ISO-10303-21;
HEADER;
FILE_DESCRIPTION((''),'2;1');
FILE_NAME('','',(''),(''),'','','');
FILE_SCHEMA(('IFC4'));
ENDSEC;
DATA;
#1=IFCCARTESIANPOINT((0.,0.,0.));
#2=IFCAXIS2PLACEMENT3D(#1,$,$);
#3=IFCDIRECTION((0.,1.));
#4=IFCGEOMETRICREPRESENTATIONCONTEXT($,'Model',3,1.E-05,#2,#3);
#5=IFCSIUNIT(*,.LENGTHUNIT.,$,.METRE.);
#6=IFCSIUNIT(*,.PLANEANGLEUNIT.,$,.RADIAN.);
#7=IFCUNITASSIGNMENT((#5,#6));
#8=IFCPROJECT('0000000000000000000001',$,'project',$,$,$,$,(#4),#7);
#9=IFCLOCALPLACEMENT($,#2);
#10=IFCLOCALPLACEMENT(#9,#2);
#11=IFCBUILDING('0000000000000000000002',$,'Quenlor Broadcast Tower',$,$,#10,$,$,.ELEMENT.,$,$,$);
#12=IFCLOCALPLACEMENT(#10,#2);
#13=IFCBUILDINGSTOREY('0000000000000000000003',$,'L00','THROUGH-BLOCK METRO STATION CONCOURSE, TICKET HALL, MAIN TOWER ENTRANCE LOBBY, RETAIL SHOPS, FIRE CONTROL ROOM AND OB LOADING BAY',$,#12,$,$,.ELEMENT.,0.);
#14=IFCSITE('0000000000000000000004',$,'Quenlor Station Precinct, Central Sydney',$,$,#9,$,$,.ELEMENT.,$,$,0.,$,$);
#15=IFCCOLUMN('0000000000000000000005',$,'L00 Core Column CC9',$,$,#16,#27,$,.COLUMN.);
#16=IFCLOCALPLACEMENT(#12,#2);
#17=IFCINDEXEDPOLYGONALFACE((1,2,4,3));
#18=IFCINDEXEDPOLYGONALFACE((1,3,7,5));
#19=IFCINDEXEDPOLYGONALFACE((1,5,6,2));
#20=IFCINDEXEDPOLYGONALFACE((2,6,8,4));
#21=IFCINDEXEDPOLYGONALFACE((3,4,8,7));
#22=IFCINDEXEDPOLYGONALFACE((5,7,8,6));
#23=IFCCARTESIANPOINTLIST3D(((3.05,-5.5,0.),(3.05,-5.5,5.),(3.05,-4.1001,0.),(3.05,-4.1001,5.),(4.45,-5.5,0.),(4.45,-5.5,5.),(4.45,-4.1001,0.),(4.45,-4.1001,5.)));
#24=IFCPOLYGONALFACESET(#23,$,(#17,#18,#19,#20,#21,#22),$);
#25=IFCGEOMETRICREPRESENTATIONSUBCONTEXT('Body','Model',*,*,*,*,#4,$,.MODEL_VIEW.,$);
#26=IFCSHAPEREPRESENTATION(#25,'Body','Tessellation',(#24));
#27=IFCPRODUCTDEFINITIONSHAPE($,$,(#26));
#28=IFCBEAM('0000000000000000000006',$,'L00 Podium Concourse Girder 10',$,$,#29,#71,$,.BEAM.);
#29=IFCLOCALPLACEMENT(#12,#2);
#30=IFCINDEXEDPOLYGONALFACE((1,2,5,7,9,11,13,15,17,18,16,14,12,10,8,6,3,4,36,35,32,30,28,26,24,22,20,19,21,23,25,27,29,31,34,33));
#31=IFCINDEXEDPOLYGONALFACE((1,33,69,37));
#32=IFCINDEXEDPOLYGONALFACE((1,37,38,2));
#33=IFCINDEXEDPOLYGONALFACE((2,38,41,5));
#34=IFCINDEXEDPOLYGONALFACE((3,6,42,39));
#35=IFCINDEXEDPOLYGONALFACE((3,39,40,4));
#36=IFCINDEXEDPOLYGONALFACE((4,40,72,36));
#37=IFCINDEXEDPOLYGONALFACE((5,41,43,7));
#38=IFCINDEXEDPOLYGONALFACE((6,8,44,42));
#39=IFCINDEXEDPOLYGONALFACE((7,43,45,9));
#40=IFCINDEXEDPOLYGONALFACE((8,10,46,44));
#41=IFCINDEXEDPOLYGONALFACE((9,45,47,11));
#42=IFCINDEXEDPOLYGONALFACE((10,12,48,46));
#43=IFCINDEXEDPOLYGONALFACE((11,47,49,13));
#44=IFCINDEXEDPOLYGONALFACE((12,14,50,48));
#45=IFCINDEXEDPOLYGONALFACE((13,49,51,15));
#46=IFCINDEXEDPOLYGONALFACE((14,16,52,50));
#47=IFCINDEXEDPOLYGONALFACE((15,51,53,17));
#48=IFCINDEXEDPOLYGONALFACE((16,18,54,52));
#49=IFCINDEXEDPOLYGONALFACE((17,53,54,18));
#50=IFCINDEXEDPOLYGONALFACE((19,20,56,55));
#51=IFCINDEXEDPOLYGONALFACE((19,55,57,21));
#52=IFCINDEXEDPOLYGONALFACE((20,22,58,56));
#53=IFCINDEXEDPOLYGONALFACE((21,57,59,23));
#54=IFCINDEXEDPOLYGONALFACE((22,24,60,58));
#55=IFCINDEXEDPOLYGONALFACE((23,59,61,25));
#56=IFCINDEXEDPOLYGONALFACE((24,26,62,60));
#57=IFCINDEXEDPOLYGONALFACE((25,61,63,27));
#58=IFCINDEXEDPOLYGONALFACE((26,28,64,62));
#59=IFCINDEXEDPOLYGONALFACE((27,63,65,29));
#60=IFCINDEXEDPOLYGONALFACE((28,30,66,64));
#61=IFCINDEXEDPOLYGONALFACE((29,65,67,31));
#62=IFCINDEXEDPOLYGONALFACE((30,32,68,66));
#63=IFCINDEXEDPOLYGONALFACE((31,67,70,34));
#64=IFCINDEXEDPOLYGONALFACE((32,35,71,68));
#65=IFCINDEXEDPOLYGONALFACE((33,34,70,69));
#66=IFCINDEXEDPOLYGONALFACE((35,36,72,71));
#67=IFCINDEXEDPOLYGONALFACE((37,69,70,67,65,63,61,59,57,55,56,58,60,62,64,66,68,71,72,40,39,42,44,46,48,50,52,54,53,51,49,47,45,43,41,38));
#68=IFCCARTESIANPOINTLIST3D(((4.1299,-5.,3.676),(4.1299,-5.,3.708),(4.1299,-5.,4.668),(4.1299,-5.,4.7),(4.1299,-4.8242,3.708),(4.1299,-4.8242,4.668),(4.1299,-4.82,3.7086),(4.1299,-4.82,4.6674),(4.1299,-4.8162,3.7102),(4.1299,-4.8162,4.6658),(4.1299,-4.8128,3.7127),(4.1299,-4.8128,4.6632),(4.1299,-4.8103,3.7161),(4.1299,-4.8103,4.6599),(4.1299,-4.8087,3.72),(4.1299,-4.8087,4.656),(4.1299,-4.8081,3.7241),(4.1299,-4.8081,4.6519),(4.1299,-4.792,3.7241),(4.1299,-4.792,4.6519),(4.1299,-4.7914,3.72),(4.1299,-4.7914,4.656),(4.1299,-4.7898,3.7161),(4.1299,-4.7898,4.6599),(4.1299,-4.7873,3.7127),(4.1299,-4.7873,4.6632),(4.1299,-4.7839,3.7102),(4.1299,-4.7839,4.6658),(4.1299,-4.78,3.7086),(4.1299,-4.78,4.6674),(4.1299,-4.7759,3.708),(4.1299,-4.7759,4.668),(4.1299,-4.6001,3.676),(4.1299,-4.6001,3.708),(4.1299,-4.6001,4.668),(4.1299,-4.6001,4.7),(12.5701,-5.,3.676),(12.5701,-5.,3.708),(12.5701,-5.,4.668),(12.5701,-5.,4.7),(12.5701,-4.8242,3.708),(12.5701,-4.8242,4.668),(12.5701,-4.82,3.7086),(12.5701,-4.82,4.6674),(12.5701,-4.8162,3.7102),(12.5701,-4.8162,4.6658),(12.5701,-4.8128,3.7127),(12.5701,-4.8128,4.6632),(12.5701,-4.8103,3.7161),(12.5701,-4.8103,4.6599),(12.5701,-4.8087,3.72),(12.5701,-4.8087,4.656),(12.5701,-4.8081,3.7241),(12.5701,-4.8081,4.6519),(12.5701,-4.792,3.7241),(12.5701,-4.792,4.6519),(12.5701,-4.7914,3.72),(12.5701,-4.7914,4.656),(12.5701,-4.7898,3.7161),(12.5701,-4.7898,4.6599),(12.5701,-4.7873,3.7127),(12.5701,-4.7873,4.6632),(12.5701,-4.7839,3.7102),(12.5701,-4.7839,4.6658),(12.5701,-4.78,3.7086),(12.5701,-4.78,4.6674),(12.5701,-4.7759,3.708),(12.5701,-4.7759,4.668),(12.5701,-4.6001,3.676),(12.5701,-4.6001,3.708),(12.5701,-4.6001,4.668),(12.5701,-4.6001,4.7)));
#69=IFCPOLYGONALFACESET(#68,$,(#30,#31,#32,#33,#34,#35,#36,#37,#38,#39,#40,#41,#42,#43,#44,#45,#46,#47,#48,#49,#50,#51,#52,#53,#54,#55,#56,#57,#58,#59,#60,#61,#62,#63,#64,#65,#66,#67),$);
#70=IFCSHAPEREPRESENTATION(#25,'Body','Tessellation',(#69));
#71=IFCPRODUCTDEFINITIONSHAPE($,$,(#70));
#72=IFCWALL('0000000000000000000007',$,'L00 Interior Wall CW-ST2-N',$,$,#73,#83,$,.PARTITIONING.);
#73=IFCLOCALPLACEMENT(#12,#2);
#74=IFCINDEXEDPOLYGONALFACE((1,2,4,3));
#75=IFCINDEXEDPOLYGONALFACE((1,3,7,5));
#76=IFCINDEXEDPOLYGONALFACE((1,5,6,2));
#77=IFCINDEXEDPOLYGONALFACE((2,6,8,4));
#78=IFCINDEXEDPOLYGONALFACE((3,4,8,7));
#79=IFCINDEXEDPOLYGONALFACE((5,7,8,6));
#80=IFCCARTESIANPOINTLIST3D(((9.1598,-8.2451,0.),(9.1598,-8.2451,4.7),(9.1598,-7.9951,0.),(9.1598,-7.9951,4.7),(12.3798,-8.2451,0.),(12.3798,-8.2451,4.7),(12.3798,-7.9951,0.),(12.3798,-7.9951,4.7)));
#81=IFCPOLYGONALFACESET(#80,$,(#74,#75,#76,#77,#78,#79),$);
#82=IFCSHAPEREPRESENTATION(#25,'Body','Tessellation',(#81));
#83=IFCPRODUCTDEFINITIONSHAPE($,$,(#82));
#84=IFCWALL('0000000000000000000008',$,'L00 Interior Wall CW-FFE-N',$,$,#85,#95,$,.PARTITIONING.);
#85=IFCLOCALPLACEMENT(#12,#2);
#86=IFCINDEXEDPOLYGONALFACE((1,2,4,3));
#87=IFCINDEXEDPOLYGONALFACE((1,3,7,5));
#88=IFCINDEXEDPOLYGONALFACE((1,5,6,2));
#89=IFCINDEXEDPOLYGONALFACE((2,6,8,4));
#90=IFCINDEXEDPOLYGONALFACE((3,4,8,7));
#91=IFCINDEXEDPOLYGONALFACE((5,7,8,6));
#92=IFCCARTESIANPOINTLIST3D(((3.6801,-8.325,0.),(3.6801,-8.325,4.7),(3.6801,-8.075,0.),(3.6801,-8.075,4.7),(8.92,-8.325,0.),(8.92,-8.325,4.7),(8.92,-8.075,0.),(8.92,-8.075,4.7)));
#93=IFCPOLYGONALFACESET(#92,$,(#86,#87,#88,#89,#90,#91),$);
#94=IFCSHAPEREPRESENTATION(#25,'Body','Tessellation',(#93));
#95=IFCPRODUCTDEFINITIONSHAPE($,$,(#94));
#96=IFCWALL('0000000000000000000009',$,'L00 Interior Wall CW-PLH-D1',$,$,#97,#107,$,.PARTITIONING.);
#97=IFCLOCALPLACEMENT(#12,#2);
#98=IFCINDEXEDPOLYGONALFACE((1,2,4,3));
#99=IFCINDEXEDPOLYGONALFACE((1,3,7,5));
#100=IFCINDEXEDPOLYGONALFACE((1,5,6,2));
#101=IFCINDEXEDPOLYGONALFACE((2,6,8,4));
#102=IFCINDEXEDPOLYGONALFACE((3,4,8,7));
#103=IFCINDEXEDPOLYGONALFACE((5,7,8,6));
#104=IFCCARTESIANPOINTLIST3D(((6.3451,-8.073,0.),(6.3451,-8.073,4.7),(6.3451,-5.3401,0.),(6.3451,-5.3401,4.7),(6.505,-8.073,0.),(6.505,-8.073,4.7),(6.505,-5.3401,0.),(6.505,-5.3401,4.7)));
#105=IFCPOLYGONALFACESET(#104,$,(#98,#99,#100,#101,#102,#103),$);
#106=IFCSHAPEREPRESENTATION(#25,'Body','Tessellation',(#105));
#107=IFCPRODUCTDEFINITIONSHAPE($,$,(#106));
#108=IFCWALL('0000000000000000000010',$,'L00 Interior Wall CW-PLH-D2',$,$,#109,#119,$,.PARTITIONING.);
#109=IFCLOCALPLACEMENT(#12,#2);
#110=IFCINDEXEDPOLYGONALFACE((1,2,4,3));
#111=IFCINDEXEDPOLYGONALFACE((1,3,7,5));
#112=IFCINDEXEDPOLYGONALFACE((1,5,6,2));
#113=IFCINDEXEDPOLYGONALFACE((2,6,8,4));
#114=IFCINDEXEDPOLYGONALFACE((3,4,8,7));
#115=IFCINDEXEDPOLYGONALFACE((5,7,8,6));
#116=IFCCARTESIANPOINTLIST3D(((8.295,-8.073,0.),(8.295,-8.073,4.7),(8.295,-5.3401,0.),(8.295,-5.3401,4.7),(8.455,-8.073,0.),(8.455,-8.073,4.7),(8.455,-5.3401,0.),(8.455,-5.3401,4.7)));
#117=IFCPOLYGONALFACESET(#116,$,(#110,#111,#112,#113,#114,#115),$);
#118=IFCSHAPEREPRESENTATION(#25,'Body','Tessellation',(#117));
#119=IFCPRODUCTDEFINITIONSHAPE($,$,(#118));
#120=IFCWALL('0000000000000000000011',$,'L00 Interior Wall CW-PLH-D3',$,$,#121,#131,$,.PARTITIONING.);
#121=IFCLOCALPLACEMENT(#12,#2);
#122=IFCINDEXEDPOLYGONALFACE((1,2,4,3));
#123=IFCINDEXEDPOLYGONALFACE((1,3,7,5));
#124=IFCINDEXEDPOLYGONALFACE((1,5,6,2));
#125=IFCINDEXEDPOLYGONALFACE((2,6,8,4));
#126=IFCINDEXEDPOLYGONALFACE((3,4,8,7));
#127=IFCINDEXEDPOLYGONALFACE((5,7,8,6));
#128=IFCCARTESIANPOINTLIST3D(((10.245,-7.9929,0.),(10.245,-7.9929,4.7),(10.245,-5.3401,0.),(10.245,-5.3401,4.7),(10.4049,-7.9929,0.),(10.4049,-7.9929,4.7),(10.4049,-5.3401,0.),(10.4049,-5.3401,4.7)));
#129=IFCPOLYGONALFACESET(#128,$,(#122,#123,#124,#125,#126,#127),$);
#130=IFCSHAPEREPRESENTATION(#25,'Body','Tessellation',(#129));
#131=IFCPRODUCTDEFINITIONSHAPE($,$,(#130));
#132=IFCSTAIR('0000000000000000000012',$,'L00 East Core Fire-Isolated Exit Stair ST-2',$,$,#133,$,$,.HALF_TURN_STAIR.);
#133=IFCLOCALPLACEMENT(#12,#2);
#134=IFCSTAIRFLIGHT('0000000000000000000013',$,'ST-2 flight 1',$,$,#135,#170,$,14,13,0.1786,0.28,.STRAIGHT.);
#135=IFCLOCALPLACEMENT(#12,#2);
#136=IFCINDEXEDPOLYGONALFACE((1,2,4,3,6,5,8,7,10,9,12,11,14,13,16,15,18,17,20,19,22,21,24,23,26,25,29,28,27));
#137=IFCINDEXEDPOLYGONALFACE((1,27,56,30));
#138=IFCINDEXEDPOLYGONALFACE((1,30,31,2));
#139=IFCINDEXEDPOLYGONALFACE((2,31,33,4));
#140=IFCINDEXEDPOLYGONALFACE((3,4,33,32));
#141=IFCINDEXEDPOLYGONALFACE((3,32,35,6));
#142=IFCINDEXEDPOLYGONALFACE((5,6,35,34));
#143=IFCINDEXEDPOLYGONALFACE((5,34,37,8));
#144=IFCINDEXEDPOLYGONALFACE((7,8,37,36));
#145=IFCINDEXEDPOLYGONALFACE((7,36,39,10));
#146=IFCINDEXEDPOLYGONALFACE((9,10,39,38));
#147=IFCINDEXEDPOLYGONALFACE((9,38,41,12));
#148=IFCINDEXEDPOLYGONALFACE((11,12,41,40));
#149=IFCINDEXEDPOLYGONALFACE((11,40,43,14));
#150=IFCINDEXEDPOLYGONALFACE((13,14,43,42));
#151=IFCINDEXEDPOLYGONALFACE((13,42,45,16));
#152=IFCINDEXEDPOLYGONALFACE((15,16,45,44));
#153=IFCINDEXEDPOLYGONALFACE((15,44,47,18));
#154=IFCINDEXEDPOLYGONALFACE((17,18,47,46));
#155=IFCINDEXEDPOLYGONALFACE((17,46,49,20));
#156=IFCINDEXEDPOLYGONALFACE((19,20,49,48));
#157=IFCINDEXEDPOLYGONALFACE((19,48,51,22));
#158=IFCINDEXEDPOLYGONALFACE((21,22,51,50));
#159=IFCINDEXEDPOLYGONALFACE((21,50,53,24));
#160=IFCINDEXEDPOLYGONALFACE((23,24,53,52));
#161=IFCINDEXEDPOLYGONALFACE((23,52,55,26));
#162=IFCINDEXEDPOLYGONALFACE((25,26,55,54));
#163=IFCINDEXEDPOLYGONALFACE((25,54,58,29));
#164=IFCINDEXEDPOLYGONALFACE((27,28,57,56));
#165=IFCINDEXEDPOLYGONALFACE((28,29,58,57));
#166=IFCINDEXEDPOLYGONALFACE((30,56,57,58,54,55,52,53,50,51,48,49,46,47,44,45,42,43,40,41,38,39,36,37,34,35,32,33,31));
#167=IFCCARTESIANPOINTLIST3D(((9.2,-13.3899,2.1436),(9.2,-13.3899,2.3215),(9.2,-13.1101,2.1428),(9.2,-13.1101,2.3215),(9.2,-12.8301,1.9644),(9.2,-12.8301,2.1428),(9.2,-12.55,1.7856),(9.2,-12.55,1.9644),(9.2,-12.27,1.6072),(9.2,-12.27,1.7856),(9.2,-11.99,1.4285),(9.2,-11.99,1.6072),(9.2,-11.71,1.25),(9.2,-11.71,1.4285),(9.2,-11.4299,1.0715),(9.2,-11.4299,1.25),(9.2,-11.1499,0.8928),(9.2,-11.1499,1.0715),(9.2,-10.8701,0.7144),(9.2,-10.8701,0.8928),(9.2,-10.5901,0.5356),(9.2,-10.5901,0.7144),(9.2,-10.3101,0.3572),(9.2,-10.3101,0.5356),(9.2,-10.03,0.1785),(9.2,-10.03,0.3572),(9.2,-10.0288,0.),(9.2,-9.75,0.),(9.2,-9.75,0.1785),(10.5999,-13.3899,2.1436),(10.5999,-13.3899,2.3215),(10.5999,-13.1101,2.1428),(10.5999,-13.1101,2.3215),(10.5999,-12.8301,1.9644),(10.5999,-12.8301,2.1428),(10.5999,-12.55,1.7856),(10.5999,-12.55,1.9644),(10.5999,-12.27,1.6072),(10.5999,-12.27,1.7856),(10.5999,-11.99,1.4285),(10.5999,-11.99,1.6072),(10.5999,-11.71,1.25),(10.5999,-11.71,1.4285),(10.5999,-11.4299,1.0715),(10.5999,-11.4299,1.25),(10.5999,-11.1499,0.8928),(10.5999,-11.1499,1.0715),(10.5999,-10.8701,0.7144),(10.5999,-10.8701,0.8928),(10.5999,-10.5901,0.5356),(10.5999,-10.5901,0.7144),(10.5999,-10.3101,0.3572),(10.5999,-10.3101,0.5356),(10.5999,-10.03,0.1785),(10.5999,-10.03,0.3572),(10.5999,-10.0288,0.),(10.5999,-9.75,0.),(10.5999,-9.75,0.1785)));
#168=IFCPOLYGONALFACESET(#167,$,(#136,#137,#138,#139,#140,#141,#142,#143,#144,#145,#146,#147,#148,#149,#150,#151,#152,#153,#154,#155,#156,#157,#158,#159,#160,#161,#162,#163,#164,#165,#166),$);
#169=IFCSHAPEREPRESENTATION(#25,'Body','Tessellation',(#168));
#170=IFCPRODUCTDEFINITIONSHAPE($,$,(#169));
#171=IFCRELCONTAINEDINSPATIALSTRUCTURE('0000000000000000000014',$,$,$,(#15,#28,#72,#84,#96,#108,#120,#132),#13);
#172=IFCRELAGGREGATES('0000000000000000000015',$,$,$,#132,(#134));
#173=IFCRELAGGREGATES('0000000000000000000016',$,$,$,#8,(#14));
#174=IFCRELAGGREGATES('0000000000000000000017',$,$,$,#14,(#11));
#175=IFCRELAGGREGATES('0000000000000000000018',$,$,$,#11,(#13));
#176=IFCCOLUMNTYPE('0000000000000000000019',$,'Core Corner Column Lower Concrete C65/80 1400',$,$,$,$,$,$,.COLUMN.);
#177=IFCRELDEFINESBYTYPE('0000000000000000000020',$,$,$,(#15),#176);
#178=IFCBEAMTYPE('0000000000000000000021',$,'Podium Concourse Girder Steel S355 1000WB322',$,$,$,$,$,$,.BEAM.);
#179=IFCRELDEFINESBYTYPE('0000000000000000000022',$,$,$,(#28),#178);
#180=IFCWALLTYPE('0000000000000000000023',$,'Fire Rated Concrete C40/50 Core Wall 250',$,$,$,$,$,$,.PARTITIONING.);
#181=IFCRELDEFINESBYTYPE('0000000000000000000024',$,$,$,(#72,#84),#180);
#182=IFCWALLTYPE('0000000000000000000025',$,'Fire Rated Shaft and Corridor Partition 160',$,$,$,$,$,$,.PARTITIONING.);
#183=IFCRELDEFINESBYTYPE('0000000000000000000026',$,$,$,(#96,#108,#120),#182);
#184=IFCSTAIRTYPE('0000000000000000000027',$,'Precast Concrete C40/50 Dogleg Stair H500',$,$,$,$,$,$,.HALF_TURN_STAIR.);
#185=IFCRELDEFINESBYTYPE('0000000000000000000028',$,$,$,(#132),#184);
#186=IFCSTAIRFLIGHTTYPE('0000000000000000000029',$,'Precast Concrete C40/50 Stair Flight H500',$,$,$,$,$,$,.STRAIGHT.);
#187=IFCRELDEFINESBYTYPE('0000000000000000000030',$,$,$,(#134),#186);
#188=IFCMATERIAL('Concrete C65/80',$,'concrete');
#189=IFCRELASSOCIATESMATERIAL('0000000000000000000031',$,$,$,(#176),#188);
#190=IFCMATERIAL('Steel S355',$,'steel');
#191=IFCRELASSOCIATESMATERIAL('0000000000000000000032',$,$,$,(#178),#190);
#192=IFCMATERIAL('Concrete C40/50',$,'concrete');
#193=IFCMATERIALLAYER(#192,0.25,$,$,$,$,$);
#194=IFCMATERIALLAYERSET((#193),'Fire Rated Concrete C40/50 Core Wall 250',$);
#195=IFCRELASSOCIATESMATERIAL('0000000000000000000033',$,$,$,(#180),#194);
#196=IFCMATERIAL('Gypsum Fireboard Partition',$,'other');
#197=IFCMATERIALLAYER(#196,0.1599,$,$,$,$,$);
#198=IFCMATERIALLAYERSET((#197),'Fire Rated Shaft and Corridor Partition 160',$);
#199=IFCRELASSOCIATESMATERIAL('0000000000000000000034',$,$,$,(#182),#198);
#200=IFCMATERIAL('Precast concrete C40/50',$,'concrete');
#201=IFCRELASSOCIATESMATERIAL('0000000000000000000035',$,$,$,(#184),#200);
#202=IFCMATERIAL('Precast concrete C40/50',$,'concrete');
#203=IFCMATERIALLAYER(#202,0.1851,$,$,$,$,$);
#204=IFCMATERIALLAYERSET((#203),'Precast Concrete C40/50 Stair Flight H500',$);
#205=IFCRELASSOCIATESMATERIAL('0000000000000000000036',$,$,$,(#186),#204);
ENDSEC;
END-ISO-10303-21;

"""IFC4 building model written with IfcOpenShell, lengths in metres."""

from ifc_helpers import new_model, si_unit, direction, frame, frame_2d, origin, origin_2d, place, context, subcontext, project, spatial, polyline, rectangle, i_section, outline, extrude, material, layer, layer_set, material_profile, profile_set, type_object, element, aggregate, save


model = new_model("IFC4")

# Units and contexts
model_context = context("Model", 3, precision=1e-05, world=origin(), true_north=direction((0.0, 1.0)))
body_context = subcontext(model_context, "Body", "Model", "MODEL_VIEW")
ifc_project = project(units=[si_unit("LENGTHUNIT", "METRE"), si_unit("PLANEANGLEUNIT", "RADIAN")], contexts=[model_context])

# Site, building, storey
site_placement = place(None, origin())
site = spatial("IfcSite", under=ifc_project, at=site_placement, Name="Quenlor Station Precinct, Central Sydney", CompositionType="ELEMENT", RefElevation=0.0)
building_placement = place(site_placement, origin())
building = spatial("IfcBuilding", under=site, at=building_placement, Name="Quenlor Broadcast Tower", CompositionType="ELEMENT")
storey_placement = place(building_placement, origin())
storey = spatial("IfcBuildingStorey", under=building, at=storey_placement, Name="L00", Description="THROUGH-BLOCK METRO STATION CONCOURSE, TICKET HALL, MAIN TOWER ENTRANCE LOBBY, RETAIL SHOPS, FIRE CONTROL ROOM AND OB LOADING BAY", CompositionType="ELEMENT", Elevation=0.0)

# Column
ifc_material_1 = material(Name="Concrete C65/80", Category="concrete")
ifc_material_profile_1 = material_profile(ifc_material_1, rectangle(XDim=1.3999, YDim=1.3999, at=origin_2d()))
ifc_profile_set_1 = profile_set([ifc_material_profile_1], Name="Concrete C65/80 RC1400x1400")
column_type = type_object("IfcColumnType", Name="Core Corner Column Lower Concrete C65/80 1400", PredefinedType="COLUMN", material=ifc_profile_set_1)
column_placement = place(storey_placement, frame((3.75, -4.8, 0.0), z_axis=(0.0, 0.0, 1.0), x_axis=(1.0, 0.0, 0.0)))
element("IfcColumn", 1, at=column_placement, inside=storey, type_object=column_type, Name="L00 Core Column CC9", PredefinedType="COLUMN", context=body_context, shape_type="SweptSolid", body=[
    extrude(rectangle(XDim=1.3999, YDim=1.3999, at=origin_2d()), origin(), (0.0, 0.0, 1.0), 5.0),
])

# Beam
ifc_material_2 = material(Name="Steel S355", Category="steel")
ifc_material_profile_2 = material_profile(ifc_material_2, i_section(OverallWidth=0.3999, OverallDepth=1.0239, WebThickness=0.0161, FlangeThickness=0.032, FilletRadius=0.0161, at=origin_2d()))
ifc_profile_set_2 = profile_set([ifc_material_profile_2], Name="Steel S355 1000WB322")
beam_type = type_object("IfcBeamType", Name="Podium Concourse Girder Steel S355 1000WB322", PredefinedType="BEAM", material=ifc_profile_set_2)
beam_placement = place(storey_placement, frame((4.1299, -4.8, 4.188), z_axis=(1.0, 0.0, 0.0), x_axis=(0.0, 1.0, 0.0)))
element("IfcBeam", 2, at=beam_placement, inside=storey, type_object=beam_type, Name="L00 Podium Concourse Girder 10", PredefinedType="BEAM", context=body_context, shape_type="SweptSolid", body=[
    extrude(i_section(OverallWidth=0.3999, OverallDepth=1.0239, WebThickness=0.0161, FlangeThickness=0.032, FilletRadius=0.0161, at=origin_2d()), origin(), (0.0, 0.0, 1.0), 8.4402),
])

# Shared definitions
ifc_material_3 = material(Name="Concrete C40/50", Category="concrete")
ifc_layer_1 = layer(ifc_material_3, 0.25)
ifc_layer_set_1 = layer_set([ifc_layer_1], Name="Fire Rated Concrete C40/50 Core Wall 250")
wall_type_1 = type_object("IfcWallType", Name="Fire Rated Concrete C40/50 Core Wall 250", PredefinedType="PARTITIONING", material=ifc_layer_set_1)

# Walls
wall_1_placement = place(storey_placement, frame((9.1599, -8.1201, 0.0), z_axis=(0.0, 0.0, 1.0), x_axis=(1.0, 0.0, 0.0)))
element("IfcWall", 3, at=wall_1_placement, inside=storey, type_object=wall_type_1, Name="L00 Interior Wall CW-ST2-N", PredefinedType="PARTITIONING", context=body_context, shape_type="SweptSolid", body=[
    extrude(rectangle(XDim=3.22, YDim=0.25, at=frame_2d((1.6099, 0.0))), origin(), (0.0, 0.0, 1.0), 4.7),
])
wall_2_placement = place(storey_placement, frame((3.6799, -8.2, 0.0), z_axis=(0.0, 0.0, 1.0), x_axis=(1.0, 0.0, 0.0)))
element("IfcWall", 4, at=wall_2_placement, inside=storey, type_object=wall_type_1, Name="L00 Interior Wall CW-FFE-N", PredefinedType="PARTITIONING", context=body_context, shape_type="SweptSolid", body=[
    extrude(rectangle(XDim=5.24, YDim=0.25, at=frame_2d((2.6201, 0.0))), origin(), (0.0, 0.0, 1.0), 4.7),
])

# Walls
ifc_material_4 = material(Name="Gypsum Fireboard Partition", Category="other")
ifc_layer_2 = layer(ifc_material_4, 0.1599)
ifc_layer_set_2 = layer_set([ifc_layer_2], Name="Fire Rated Shaft and Corridor Partition 160")
wall_type_2 = type_object("IfcWallType", Name="Fire Rated Shaft and Corridor Partition 160", PredefinedType="PARTITIONING", material=ifc_layer_set_2)
for number, where, z_axis, x_axis, name in (
    (5, (6.425, -8.073, 0.0), (0.0, 0.0, 1.0), (0.0, 1.0, 0.0), "L00 Interior Wall CW-PLH-D1"),
    (6, (8.375, -8.073, 0.0), (0.0, 0.0, 1.0), (0.0, 1.0, 0.0), "L00 Interior Wall CW-PLH-D2"),
):
    element("IfcWall", number, at=place(storey_placement, frame(where, z_axis=z_axis, x_axis=x_axis)), inside=storey, type_object=wall_type_2, Name=name, PredefinedType="PARTITIONING", context=body_context, shape_type="SweptSolid", body=[
        extrude(rectangle(XDim=2.7329, YDim=0.1599, at=frame_2d((1.3665, 0.0))), origin(), (0.0, 0.0, 1.0), 4.7),
    ])
wall_3_placement = place(storey_placement, frame((10.325, -7.9929, 0.0), z_axis=(0.0, 0.0, 1.0), x_axis=(0.0, 1.0, 0.0)))
element("IfcWall", 7, at=wall_3_placement, inside=storey, type_object=wall_type_2, Name="L00 Interior Wall CW-PLH-D3", PredefinedType="PARTITIONING", context=body_context, shape_type="SweptSolid", body=[
    extrude(rectangle(XDim=2.6528, YDim=0.1599, at=frame_2d((1.3264, 0.0))), origin(), (0.0, 0.0, 1.0), 4.7),
])

# Stair, stair flight
ifc_material_5 = material(Name="Precast concrete C40/50", Category="concrete")
stair_type = type_object("IfcStairType", Name="Precast Concrete C40/50 Dogleg Stair H500", PredefinedType="HALF_TURN_STAIR", material=ifc_material_5)
stair_placement = place(storey_placement, origin())
stair = element("IfcStair", 8, at=stair_placement, inside=storey, type_object=stair_type, Name="L00 East Core Fire-Isolated Exit Stair ST-2", PredefinedType="HALF_TURN_STAIR")
ifc_material_6 = material(Name="Precast concrete C40/50", Category="concrete")
ifc_layer_3 = layer(ifc_material_6, 0.1851)
ifc_layer_set_3 = layer_set([ifc_layer_3], Name="Precast Concrete C40/50 Stair Flight H500")
stair_flight_type = type_object("IfcStairFlightType", Name="Precast Concrete C40/50 Stair Flight H500", PredefinedType="STRAIGHT", material=ifc_layer_set_3)
stair_flight_placement = place(storey_placement, frame((9.8999, -9.75, 0.0), z_axis=(0.0, 0.0, 1.0), x_axis=(0.0, -1.0, 0.0)))
stair_flight = element("IfcStairFlight", 9, at=stair_flight_placement, type_object=stair_flight_type, Name="ST-2 flight 1", NumberOfRisers=14, NumberOfTreads=13, PredefinedType="STRAIGHT", RiserHeight=0.1786, TreadLength=0.28, context=body_context, shape_type="SweptSolid", body=[
    extrude(outline(polyline([(0.0, 0.0), (0.0, 0.1785), (0.28, 0.1785), (0.28, 0.3572), (0.5601, 0.3572), (0.5601, 0.5356), (0.8401, 0.5356), (0.8401, 0.7144), (1.1201, 0.7144), (1.1201, 0.8928), (1.3999, 0.8928), (1.3999, 1.0715), (1.6799, 1.0715), (1.6799, 1.25), (1.96, 1.25), (1.96, 1.4285), (2.24, 1.4285), (2.24, 1.6072), (2.52, 1.6072), (2.52, 1.7856), (2.8, 1.7856), (2.8, 1.9644), (3.0801, 1.9644), (3.0801, 2.1428), (3.3601, 2.1428), (3.3601, 2.3215), (3.6399, 2.3215), (3.6399, 2.5), (3.6399, 2.1436), (0.2788, 0.0), (0.0, 0.0)])), frame((0.0, 0.7, 0.0), z_axis=(0.0, -1.0, 0.0), x_axis=(1.0, 0.0, 0.0)), (0.0, 0.0, 1.0), 1.3999),
])
aggregate(stair, [stair_flight])

save(model, "model.ifc")
